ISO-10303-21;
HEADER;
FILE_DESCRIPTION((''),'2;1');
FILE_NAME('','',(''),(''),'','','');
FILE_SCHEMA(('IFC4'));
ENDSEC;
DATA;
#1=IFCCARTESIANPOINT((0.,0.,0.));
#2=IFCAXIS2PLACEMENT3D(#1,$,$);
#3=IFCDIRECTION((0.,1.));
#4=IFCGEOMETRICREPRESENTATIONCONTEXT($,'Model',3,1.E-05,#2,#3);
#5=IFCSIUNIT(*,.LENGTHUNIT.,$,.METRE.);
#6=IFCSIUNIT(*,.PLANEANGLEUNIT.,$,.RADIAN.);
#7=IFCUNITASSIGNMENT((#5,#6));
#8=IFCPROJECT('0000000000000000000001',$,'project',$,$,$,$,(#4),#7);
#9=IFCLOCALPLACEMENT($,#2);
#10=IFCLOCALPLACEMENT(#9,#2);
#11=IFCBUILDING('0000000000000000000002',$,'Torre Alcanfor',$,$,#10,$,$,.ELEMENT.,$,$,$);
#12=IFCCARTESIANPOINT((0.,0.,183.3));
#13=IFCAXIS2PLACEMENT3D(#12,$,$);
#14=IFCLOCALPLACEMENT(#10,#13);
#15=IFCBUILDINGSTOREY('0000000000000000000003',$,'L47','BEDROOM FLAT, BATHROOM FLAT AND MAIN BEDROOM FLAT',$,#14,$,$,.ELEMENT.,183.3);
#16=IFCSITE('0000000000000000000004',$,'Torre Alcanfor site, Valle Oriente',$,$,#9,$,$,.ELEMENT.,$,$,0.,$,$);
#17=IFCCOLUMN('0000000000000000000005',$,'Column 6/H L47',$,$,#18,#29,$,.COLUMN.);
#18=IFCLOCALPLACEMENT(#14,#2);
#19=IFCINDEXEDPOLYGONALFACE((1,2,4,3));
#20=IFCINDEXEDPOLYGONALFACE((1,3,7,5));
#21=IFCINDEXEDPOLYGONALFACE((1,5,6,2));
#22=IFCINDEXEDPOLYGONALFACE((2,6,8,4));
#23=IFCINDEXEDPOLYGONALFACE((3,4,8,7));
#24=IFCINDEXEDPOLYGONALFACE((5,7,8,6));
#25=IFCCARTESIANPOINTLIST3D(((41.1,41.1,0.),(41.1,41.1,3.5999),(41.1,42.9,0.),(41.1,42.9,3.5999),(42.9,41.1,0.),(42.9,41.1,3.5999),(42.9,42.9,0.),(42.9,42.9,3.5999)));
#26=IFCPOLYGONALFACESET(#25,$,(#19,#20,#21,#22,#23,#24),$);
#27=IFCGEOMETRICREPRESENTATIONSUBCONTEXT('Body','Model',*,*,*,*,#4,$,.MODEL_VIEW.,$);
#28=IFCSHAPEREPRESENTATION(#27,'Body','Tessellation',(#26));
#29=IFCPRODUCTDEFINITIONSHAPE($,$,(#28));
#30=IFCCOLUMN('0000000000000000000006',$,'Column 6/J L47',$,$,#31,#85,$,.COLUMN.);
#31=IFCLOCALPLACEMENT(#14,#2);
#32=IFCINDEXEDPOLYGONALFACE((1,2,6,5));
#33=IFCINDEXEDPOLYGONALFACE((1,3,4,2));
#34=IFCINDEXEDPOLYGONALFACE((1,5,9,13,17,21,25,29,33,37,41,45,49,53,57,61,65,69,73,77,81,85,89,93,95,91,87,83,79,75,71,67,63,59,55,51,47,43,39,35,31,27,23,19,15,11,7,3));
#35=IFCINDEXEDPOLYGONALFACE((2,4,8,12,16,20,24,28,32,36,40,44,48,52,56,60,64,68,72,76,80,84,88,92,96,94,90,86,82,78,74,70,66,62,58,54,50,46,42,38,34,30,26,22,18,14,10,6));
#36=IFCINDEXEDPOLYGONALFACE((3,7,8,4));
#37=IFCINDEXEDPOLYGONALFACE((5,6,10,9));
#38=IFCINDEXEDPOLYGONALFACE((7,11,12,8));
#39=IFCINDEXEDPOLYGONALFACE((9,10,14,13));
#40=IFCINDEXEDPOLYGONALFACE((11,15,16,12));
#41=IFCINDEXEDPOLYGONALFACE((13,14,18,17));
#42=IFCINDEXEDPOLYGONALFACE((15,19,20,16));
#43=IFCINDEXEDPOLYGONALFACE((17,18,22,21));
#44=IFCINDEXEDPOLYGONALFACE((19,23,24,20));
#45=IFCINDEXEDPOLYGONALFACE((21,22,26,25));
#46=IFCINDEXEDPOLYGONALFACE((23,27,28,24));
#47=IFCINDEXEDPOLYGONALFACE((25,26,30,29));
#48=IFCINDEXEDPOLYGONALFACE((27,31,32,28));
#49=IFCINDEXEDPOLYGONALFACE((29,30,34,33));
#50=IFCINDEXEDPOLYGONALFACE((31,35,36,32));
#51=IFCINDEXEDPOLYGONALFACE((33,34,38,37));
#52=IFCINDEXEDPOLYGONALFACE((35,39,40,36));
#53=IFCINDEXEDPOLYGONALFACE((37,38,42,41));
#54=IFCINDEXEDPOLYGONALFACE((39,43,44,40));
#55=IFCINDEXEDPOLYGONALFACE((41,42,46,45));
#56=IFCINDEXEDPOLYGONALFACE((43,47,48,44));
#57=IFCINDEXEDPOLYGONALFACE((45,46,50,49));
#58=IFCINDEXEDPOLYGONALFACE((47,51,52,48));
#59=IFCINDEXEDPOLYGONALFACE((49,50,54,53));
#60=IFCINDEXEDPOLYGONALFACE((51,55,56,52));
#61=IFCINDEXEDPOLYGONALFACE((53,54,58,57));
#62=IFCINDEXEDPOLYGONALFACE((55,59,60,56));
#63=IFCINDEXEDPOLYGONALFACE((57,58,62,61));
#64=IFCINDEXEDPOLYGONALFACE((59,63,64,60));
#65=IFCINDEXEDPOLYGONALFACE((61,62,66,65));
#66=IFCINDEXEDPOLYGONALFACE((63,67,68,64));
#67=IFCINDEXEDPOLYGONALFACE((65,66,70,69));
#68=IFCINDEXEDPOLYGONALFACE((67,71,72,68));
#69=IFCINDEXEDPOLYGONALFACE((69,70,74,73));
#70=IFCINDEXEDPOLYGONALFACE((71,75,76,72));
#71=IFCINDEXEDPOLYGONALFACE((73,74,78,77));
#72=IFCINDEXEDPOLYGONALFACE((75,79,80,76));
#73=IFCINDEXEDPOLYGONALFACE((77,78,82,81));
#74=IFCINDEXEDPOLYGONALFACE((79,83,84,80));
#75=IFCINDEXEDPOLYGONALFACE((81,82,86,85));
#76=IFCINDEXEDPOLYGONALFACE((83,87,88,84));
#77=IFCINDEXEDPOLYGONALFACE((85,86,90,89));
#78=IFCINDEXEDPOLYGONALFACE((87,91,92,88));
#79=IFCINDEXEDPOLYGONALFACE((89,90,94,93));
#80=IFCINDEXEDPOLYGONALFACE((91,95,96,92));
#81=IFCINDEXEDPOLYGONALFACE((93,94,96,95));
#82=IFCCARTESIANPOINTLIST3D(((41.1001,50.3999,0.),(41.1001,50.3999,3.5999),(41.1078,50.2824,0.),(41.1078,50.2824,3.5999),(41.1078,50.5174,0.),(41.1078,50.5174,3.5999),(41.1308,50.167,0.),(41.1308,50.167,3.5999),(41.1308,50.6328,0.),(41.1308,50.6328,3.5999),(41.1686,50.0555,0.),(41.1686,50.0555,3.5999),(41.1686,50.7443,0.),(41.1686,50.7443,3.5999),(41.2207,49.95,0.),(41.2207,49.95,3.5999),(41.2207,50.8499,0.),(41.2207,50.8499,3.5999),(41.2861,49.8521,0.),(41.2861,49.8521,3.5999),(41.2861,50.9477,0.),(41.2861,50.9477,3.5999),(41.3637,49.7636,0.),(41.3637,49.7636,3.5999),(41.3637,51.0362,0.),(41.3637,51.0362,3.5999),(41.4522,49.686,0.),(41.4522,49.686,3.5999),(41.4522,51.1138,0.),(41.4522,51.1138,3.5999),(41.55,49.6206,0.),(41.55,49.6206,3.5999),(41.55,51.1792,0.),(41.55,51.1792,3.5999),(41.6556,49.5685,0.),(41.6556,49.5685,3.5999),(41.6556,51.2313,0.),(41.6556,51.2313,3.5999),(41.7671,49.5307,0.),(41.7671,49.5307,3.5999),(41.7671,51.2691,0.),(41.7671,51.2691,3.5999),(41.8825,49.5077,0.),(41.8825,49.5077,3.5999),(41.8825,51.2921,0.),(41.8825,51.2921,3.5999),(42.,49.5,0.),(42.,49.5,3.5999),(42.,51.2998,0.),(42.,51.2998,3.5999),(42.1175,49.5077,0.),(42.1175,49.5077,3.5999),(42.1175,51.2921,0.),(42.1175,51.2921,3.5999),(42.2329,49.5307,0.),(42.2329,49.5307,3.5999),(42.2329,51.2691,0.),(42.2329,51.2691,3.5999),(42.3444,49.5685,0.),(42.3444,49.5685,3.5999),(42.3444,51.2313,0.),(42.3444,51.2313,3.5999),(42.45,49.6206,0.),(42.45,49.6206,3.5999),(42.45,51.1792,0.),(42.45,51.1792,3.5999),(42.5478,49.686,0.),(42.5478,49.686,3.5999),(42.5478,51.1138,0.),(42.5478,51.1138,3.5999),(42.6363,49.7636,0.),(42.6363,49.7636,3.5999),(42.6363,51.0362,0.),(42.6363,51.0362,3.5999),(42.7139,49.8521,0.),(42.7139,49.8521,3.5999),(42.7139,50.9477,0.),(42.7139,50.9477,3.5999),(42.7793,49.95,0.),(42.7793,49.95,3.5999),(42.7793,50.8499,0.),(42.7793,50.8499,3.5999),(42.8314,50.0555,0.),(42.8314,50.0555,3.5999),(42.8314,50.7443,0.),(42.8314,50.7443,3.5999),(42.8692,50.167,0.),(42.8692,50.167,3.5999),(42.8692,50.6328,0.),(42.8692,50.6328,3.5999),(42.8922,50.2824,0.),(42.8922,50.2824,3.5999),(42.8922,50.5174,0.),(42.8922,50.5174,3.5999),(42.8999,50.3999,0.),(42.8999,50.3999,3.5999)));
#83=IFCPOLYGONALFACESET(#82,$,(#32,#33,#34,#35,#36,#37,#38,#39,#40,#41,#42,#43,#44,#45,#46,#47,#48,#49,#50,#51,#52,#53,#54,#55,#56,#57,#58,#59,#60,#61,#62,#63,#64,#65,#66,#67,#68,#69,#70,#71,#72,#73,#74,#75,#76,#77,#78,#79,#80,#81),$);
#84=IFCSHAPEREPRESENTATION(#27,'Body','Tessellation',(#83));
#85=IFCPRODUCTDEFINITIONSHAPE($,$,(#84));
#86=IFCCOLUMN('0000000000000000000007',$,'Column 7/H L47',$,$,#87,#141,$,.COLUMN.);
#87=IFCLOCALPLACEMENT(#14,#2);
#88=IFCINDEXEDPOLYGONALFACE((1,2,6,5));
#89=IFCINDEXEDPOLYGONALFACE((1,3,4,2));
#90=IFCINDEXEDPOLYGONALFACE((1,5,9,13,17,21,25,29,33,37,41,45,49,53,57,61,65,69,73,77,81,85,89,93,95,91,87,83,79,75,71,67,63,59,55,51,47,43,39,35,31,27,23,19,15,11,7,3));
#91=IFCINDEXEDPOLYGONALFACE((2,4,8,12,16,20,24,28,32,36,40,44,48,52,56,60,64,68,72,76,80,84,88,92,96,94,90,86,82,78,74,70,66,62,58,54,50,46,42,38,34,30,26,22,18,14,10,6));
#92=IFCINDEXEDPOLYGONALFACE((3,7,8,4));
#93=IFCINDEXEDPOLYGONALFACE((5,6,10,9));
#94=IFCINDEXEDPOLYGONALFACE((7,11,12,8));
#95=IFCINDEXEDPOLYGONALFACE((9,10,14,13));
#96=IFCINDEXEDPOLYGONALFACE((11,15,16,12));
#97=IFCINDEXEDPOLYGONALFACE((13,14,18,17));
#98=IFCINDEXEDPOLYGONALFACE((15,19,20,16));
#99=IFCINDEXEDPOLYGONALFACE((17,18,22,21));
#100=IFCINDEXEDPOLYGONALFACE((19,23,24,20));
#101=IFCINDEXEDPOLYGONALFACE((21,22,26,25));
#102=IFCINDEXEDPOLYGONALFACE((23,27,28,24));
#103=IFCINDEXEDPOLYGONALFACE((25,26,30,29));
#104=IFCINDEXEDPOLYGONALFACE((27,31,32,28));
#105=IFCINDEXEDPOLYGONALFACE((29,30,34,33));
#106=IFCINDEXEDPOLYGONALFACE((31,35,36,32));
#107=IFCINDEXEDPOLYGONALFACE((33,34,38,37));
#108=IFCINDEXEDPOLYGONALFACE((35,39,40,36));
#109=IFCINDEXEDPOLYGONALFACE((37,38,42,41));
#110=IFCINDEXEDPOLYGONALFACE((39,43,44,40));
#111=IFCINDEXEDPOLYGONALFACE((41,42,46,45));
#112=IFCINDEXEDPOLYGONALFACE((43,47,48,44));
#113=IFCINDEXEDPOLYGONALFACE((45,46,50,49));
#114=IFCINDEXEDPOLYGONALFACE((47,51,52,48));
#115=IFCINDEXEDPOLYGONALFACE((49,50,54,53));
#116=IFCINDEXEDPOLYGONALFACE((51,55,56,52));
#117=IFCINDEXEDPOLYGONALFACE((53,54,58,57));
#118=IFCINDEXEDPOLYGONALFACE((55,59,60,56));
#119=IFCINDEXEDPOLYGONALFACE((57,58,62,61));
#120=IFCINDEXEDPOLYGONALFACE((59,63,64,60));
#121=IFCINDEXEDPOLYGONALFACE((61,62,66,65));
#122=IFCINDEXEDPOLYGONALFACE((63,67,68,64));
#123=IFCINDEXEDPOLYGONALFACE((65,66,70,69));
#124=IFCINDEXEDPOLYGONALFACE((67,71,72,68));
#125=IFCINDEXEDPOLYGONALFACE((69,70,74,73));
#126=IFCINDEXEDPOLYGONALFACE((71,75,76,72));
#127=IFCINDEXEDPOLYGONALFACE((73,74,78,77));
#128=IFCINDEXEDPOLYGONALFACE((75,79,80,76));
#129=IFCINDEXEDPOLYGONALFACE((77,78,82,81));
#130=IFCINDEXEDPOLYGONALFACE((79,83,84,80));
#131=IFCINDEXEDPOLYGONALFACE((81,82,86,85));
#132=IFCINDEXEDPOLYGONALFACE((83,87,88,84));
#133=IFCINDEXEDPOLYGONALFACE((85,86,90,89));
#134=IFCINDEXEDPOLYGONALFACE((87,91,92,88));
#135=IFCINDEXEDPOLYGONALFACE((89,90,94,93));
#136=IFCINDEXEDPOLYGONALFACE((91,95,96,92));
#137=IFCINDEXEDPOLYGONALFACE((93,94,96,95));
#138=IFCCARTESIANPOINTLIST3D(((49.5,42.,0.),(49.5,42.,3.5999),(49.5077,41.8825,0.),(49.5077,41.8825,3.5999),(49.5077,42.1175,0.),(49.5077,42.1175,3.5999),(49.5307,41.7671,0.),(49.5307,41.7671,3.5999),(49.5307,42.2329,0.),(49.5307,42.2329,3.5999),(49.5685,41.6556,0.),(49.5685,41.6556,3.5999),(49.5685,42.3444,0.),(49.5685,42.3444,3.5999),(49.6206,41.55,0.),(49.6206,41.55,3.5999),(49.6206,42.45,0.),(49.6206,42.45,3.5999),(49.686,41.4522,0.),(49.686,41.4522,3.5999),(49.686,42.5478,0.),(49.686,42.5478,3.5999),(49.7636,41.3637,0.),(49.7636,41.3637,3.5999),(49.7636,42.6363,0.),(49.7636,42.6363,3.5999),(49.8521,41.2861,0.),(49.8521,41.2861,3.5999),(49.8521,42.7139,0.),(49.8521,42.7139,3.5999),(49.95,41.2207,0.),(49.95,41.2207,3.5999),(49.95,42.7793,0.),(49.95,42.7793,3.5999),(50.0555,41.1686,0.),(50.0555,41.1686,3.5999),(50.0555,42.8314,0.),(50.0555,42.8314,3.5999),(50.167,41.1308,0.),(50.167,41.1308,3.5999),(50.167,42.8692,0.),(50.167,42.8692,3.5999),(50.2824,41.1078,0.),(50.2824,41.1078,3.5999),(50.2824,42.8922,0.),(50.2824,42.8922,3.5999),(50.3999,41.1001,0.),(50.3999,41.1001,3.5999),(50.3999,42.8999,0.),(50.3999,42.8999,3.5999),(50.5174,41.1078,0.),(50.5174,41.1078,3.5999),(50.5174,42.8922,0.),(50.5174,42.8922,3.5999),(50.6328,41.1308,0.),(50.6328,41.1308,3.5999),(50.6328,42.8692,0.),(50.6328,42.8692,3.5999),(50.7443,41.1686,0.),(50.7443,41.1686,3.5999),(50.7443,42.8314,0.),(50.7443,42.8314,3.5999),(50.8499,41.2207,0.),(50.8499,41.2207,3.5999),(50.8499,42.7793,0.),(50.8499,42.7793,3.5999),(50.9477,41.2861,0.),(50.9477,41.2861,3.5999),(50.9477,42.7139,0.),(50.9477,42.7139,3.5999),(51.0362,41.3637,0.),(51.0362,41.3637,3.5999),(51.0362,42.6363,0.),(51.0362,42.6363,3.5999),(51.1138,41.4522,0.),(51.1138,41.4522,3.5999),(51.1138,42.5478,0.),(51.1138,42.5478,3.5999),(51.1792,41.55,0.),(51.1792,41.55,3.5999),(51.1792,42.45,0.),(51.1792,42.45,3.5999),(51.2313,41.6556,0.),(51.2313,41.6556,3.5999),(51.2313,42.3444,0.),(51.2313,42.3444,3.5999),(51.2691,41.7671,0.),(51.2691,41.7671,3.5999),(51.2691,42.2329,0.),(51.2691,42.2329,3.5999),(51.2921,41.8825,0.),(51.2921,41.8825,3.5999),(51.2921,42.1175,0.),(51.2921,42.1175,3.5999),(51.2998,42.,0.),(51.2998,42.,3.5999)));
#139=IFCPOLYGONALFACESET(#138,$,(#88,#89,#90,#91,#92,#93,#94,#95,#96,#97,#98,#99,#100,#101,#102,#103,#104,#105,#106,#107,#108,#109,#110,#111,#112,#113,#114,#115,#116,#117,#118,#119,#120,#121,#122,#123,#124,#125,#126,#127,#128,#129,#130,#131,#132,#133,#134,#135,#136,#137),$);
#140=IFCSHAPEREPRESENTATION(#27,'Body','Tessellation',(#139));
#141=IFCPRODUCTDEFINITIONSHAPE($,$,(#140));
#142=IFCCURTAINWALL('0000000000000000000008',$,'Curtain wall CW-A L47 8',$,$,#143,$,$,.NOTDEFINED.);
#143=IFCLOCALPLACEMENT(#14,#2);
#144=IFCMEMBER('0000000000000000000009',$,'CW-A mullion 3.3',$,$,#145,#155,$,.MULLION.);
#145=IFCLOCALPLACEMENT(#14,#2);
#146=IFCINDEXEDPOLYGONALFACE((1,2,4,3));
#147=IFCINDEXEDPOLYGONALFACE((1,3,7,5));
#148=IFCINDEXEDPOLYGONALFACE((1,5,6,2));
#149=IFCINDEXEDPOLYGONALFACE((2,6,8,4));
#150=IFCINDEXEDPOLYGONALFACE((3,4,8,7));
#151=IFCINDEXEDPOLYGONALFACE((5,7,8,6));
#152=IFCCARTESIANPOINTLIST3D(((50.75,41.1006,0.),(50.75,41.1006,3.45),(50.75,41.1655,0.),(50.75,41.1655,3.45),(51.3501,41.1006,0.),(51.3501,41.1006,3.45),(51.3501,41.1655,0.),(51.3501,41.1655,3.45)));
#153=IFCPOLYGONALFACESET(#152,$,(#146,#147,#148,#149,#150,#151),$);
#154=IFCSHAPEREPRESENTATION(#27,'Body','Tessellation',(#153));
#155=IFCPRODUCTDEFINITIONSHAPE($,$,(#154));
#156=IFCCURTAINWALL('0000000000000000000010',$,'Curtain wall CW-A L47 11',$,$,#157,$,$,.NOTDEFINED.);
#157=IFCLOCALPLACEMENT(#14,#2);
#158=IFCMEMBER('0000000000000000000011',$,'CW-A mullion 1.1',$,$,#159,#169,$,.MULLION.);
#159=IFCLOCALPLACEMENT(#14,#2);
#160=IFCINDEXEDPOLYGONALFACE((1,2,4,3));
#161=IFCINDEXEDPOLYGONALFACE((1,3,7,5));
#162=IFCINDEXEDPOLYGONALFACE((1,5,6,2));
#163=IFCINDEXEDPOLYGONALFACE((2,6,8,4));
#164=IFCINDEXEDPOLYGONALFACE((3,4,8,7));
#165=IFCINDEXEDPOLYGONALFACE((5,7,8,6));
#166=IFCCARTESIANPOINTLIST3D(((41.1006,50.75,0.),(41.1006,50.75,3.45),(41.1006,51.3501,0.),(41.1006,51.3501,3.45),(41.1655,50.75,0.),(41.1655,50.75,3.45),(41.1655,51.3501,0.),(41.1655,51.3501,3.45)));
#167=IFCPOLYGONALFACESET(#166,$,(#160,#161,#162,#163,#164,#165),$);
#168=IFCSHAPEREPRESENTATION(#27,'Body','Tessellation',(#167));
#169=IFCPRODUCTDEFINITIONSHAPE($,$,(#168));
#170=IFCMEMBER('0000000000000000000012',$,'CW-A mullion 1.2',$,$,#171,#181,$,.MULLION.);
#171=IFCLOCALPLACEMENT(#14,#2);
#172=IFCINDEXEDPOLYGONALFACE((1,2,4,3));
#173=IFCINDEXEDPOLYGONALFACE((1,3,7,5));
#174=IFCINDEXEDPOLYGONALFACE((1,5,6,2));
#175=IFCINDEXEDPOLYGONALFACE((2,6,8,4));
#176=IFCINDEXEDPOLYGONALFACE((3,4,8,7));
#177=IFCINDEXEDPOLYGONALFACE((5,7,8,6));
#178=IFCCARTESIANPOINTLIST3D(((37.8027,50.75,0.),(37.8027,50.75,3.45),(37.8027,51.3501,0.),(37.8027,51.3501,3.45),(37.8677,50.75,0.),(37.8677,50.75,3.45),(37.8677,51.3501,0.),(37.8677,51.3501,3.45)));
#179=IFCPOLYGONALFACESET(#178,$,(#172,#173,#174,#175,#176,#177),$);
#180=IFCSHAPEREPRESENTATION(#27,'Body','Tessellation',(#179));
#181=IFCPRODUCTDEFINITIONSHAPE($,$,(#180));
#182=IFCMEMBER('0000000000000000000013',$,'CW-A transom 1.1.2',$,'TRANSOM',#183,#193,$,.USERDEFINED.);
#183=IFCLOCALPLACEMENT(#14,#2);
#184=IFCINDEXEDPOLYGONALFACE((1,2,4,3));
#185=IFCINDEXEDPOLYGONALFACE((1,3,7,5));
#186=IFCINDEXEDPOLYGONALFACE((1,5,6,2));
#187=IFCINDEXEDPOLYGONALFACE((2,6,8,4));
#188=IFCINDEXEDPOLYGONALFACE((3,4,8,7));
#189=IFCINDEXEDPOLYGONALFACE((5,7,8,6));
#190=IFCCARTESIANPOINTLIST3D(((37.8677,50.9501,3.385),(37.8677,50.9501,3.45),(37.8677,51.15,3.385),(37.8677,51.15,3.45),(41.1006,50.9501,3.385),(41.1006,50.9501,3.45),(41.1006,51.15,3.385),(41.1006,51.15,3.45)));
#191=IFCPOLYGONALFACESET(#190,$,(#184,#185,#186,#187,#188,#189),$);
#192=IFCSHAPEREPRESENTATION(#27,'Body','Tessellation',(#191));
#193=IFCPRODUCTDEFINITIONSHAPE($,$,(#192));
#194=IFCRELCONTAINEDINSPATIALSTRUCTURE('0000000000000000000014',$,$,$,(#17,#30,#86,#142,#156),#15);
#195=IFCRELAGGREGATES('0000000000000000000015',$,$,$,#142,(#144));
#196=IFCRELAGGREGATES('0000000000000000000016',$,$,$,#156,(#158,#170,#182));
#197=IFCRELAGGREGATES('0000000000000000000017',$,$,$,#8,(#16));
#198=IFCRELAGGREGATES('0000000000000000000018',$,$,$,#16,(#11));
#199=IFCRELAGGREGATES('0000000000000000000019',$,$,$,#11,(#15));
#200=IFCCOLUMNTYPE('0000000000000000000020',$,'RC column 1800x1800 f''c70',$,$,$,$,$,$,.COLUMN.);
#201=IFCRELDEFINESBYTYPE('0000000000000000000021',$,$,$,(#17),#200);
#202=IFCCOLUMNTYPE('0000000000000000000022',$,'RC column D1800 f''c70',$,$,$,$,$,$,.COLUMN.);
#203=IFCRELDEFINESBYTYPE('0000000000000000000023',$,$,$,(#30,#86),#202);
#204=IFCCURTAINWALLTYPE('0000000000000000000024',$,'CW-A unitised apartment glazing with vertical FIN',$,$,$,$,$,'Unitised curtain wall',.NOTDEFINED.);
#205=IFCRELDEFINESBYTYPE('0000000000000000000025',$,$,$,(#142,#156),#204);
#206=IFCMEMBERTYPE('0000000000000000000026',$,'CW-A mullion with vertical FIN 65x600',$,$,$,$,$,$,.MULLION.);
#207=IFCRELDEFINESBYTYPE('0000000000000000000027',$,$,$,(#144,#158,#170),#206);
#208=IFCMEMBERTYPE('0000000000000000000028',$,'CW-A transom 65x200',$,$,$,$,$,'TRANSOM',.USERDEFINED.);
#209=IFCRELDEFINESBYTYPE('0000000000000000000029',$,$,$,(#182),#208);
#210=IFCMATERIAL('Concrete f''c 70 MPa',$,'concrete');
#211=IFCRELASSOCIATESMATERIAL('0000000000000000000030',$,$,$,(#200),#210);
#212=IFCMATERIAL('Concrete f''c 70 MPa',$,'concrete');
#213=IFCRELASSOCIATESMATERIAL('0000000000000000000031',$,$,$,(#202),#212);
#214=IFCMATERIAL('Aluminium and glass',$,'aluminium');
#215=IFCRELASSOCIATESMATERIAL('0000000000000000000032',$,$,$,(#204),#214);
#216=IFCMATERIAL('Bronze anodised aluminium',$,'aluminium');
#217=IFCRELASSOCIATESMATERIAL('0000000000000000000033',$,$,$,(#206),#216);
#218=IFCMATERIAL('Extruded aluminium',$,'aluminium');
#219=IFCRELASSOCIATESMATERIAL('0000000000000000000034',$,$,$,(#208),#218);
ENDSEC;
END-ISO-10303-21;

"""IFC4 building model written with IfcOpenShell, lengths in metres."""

from ifc_helpers import new_model, si_unit, direction, frame, origin, origin_2d, place, context, subcontext, project, spatial, rectangle, circle, extrude, material, material_profile, profile_set, type_object, element, aggregate, save


model = new_model("IFC4")

# Units and contexts
model_context = context("Model", 3, precision=1e-05, world=origin(), true_north=direction((0.0, 1.0)))
body_context = subcontext(model_context, "Body", "Model", "MODEL_VIEW")
ifc_project = project(units=[si_unit("LENGTHUNIT", "METRE"), si_unit("PLANEANGLEUNIT", "RADIAN")], contexts=[model_context])

# Site, building, storey
site_placement = place(None, origin())
site = spatial("IfcSite", under=ifc_project, at=site_placement, Name="Torre Alcanfor site, Valle Oriente", CompositionType="ELEMENT", RefElevation=0.0)
building_placement = place(site_placement, origin())
building = spatial("IfcBuilding", under=site, at=building_placement, Name="Torre Alcanfor", CompositionType="ELEMENT")
storey_placement = place(building_placement, frame((0.0, 0.0, 183.3)))
storey = spatial("IfcBuildingStorey", under=building, at=storey_placement, Name="L47", Description="BEDROOM FLAT, BATHROOM FLAT AND MAIN BEDROOM FLAT", CompositionType="ELEMENT", Elevation=183.3)

# Columns
ifc_material_1 = material(Name="Concrete f'c 70 MPa", Category="concrete")
ifc_material_profile_1 = material_profile(ifc_material_1, rectangle(XDim=1.8, YDim=1.8, at=origin_2d()), Name="1800x1800")
ifc_profile_set_1 = profile_set([ifc_material_profile_1], Name="Concrete f'c 70 MPa")
column_type_1 = type_object("IfcColumnType", Name="RC column 1800x1800 f'c70", PredefinedType="COLUMN", material=ifc_profile_set_1)
column_placement = place(storey_placement, frame((42.0, 42.0, 0.0), z_axis=(0.0, 0.0, 1.0), x_axis=(1.0, 0.0, 0.0)))
element("IfcColumn", 1, at=column_placement, inside=storey, type_object=column_type_1, Name="Column 6/H L47", PredefinedType="COLUMN", context=body_context, shape_type="SweptSolid", body=[
    extrude(rectangle(XDim=1.8, YDim=1.8, at=origin_2d()), origin(), (0.0, 0.0, 1.0), 3.5999),
])
ifc_material_2 = material(Name="Concrete f'c 70 MPa", Category="concrete")
ifc_material_profile_2 = material_profile(ifc_material_2, circle(Radius=0.8999, at=origin_2d()), Name="D1800")
ifc_profile_set_2 = profile_set([ifc_material_profile_2], Name="Concrete f'c 70 MPa")
column_type_2 = type_object("IfcColumnType", Name="RC column D1800 f'c70", PredefinedType="COLUMN", material=ifc_profile_set_2)
for number, where, z_axis, x_axis, name in (
    (2, (42.0, 50.3999, 0.0), (0.0, 0.0, 1.0), (1.0, 0.0, 0.0), "Column 6/J L47"),
    (3, (50.3999, 42.0, 0.0), (0.0, 0.0, 1.0), (1.0, 0.0, 0.0), "Column 7/H L47"),
):
    element("IfcColumn", number, at=place(storey_placement, frame(where, z_axis=z_axis, x_axis=x_axis)), inside=storey, type_object=column_type_2, Name=name, PredefinedType="COLUMN", context=body_context, shape_type="SweptSolid", body=[
        extrude(circle(Radius=0.8999, at=origin_2d()), origin(), (0.0, 0.0, 1.0), 3.5999),
    ])

# Curtain wall, member
ifc_material_3 = material(Name="Aluminium and glass", Category="aluminium")
curtain_wall_type = type_object("IfcCurtainWallType", Name="CW-A unitised apartment glazing with vertical FIN", ElementType="Unitised curtain wall", PredefinedType="NOTDEFINED", material=ifc_material_3)
curtain_wall_1_placement = place(storey_placement, origin())
curtain_wall_1 = element("IfcCurtainWall", 4, at=curtain_wall_1_placement, inside=storey, type_object=curtain_wall_type, Name="Curtain wall CW-A L47 8", PredefinedType="NOTDEFINED")
ifc_material_4 = material(Name="Bronze anodised aluminium", Category="aluminium")
ifc_material_profile_3 = material_profile(ifc_material_4, rectangle(XDim=0.6001, YDim=0.0649, at=origin_2d()), Name="CW-A mullion 65x600")
ifc_profile_set_3 = profile_set([ifc_material_profile_3], Name="Bronze anodised aluminium")
member_type_1 = type_object("IfcMemberType", Name="CW-A mullion with vertical FIN 65x600", PredefinedType="MULLION", material=ifc_profile_set_3)
member_1_placement = place(storey_placement, frame((51.05, 41.1331, 0.0), z_axis=(0.0, 0.0, 1.0), x_axis=(-1.0, 0.0, 0.0)))
member_1 = element("IfcMember", 5, at=member_1_placement, type_object=member_type_1, Name="CW-A mullion 3.3", PredefinedType="MULLION", context=body_context, shape_type="SweptSolid", body=[
    extrude(rectangle(XDim=0.6001, YDim=0.0649, at=origin_2d()), origin(), (0.0, 0.0, 1.0), 3.45),
])

# Curtain wall, members
curtain_wall_2_placement = place(storey_placement, origin())
curtain_wall_2 = element("IfcCurtainWall", 6, at=curtain_wall_2_placement, inside=storey, type_object=curtain_wall_type, Name="Curtain wall CW-A L47 11", PredefinedType="NOTDEFINED")
member_2_placement = place(storey_placement, frame((41.1331, 51.05, 0.0), z_axis=(0.0, 0.0, 1.0), x_axis=(0.0, -1.0, 0.0)))
member_2 = element("IfcMember", 7, at=member_2_placement, type_object=member_type_1, Name="CW-A mullion 1.1", PredefinedType="MULLION", context=body_context, shape_type="SweptSolid", body=[
    extrude(rectangle(XDim=0.6001, YDim=0.0649, at=origin_2d()), origin(), (0.0, 0.0, 1.0), 3.45),
])
member_3_placement = place(storey_placement, frame((37.8352, 51.05, 0.0), z_axis=(0.0, 0.0, 1.0), x_axis=(0.0, -1.0, 0.0)))
member_3 = element("IfcMember", 8, at=member_3_placement, type_object=member_type_1, Name="CW-A mullion 1.2", PredefinedType="MULLION", context=body_context, shape_type="SweptSolid", body=[
    extrude(rectangle(XDim=0.6001, YDim=0.0649, at=origin_2d()), origin(), (0.0, 0.0, 1.0), 3.45),
])
ifc_material_5 = material(Name="Extruded aluminium", Category="aluminium")
ifc_material_profile_4 = material_profile(ifc_material_5, rectangle(XDim=0.2, YDim=0.0649, at=origin_2d()), Name="CW-A transom 200x65")
ifc_profile_set_4 = profile_set([ifc_material_profile_4], Name="Extruded aluminium")
member_type_2 = type_object("IfcMemberType", Name="CW-A transom 65x200", ElementType="TRANSOM", PredefinedType="USERDEFINED", material=ifc_profile_set_4)
member_4_placement = place(storey_placement, frame((41.1006, 51.05, 3.4175), z_axis=(-1.0, 0.0, 0.0), x_axis=(0.0, -1.0, 0.0)))
member_4 = element("IfcMember", 9, at=member_4_placement, type_object=member_type_2, Name="CW-A transom 1.1.2", ObjectType="TRANSOM", PredefinedType="USERDEFINED", context=body_context, shape_type="SweptSolid", body=[
    extrude(rectangle(XDim=0.2, YDim=0.0649, at=origin_2d()), origin(), (0.0, 0.0, 1.0), 3.2329),
])

aggregate(curtain_wall_1, [member_1])
aggregate(curtain_wall_2, [member_2, member_3, member_4])

save(model, "model.ifc")
